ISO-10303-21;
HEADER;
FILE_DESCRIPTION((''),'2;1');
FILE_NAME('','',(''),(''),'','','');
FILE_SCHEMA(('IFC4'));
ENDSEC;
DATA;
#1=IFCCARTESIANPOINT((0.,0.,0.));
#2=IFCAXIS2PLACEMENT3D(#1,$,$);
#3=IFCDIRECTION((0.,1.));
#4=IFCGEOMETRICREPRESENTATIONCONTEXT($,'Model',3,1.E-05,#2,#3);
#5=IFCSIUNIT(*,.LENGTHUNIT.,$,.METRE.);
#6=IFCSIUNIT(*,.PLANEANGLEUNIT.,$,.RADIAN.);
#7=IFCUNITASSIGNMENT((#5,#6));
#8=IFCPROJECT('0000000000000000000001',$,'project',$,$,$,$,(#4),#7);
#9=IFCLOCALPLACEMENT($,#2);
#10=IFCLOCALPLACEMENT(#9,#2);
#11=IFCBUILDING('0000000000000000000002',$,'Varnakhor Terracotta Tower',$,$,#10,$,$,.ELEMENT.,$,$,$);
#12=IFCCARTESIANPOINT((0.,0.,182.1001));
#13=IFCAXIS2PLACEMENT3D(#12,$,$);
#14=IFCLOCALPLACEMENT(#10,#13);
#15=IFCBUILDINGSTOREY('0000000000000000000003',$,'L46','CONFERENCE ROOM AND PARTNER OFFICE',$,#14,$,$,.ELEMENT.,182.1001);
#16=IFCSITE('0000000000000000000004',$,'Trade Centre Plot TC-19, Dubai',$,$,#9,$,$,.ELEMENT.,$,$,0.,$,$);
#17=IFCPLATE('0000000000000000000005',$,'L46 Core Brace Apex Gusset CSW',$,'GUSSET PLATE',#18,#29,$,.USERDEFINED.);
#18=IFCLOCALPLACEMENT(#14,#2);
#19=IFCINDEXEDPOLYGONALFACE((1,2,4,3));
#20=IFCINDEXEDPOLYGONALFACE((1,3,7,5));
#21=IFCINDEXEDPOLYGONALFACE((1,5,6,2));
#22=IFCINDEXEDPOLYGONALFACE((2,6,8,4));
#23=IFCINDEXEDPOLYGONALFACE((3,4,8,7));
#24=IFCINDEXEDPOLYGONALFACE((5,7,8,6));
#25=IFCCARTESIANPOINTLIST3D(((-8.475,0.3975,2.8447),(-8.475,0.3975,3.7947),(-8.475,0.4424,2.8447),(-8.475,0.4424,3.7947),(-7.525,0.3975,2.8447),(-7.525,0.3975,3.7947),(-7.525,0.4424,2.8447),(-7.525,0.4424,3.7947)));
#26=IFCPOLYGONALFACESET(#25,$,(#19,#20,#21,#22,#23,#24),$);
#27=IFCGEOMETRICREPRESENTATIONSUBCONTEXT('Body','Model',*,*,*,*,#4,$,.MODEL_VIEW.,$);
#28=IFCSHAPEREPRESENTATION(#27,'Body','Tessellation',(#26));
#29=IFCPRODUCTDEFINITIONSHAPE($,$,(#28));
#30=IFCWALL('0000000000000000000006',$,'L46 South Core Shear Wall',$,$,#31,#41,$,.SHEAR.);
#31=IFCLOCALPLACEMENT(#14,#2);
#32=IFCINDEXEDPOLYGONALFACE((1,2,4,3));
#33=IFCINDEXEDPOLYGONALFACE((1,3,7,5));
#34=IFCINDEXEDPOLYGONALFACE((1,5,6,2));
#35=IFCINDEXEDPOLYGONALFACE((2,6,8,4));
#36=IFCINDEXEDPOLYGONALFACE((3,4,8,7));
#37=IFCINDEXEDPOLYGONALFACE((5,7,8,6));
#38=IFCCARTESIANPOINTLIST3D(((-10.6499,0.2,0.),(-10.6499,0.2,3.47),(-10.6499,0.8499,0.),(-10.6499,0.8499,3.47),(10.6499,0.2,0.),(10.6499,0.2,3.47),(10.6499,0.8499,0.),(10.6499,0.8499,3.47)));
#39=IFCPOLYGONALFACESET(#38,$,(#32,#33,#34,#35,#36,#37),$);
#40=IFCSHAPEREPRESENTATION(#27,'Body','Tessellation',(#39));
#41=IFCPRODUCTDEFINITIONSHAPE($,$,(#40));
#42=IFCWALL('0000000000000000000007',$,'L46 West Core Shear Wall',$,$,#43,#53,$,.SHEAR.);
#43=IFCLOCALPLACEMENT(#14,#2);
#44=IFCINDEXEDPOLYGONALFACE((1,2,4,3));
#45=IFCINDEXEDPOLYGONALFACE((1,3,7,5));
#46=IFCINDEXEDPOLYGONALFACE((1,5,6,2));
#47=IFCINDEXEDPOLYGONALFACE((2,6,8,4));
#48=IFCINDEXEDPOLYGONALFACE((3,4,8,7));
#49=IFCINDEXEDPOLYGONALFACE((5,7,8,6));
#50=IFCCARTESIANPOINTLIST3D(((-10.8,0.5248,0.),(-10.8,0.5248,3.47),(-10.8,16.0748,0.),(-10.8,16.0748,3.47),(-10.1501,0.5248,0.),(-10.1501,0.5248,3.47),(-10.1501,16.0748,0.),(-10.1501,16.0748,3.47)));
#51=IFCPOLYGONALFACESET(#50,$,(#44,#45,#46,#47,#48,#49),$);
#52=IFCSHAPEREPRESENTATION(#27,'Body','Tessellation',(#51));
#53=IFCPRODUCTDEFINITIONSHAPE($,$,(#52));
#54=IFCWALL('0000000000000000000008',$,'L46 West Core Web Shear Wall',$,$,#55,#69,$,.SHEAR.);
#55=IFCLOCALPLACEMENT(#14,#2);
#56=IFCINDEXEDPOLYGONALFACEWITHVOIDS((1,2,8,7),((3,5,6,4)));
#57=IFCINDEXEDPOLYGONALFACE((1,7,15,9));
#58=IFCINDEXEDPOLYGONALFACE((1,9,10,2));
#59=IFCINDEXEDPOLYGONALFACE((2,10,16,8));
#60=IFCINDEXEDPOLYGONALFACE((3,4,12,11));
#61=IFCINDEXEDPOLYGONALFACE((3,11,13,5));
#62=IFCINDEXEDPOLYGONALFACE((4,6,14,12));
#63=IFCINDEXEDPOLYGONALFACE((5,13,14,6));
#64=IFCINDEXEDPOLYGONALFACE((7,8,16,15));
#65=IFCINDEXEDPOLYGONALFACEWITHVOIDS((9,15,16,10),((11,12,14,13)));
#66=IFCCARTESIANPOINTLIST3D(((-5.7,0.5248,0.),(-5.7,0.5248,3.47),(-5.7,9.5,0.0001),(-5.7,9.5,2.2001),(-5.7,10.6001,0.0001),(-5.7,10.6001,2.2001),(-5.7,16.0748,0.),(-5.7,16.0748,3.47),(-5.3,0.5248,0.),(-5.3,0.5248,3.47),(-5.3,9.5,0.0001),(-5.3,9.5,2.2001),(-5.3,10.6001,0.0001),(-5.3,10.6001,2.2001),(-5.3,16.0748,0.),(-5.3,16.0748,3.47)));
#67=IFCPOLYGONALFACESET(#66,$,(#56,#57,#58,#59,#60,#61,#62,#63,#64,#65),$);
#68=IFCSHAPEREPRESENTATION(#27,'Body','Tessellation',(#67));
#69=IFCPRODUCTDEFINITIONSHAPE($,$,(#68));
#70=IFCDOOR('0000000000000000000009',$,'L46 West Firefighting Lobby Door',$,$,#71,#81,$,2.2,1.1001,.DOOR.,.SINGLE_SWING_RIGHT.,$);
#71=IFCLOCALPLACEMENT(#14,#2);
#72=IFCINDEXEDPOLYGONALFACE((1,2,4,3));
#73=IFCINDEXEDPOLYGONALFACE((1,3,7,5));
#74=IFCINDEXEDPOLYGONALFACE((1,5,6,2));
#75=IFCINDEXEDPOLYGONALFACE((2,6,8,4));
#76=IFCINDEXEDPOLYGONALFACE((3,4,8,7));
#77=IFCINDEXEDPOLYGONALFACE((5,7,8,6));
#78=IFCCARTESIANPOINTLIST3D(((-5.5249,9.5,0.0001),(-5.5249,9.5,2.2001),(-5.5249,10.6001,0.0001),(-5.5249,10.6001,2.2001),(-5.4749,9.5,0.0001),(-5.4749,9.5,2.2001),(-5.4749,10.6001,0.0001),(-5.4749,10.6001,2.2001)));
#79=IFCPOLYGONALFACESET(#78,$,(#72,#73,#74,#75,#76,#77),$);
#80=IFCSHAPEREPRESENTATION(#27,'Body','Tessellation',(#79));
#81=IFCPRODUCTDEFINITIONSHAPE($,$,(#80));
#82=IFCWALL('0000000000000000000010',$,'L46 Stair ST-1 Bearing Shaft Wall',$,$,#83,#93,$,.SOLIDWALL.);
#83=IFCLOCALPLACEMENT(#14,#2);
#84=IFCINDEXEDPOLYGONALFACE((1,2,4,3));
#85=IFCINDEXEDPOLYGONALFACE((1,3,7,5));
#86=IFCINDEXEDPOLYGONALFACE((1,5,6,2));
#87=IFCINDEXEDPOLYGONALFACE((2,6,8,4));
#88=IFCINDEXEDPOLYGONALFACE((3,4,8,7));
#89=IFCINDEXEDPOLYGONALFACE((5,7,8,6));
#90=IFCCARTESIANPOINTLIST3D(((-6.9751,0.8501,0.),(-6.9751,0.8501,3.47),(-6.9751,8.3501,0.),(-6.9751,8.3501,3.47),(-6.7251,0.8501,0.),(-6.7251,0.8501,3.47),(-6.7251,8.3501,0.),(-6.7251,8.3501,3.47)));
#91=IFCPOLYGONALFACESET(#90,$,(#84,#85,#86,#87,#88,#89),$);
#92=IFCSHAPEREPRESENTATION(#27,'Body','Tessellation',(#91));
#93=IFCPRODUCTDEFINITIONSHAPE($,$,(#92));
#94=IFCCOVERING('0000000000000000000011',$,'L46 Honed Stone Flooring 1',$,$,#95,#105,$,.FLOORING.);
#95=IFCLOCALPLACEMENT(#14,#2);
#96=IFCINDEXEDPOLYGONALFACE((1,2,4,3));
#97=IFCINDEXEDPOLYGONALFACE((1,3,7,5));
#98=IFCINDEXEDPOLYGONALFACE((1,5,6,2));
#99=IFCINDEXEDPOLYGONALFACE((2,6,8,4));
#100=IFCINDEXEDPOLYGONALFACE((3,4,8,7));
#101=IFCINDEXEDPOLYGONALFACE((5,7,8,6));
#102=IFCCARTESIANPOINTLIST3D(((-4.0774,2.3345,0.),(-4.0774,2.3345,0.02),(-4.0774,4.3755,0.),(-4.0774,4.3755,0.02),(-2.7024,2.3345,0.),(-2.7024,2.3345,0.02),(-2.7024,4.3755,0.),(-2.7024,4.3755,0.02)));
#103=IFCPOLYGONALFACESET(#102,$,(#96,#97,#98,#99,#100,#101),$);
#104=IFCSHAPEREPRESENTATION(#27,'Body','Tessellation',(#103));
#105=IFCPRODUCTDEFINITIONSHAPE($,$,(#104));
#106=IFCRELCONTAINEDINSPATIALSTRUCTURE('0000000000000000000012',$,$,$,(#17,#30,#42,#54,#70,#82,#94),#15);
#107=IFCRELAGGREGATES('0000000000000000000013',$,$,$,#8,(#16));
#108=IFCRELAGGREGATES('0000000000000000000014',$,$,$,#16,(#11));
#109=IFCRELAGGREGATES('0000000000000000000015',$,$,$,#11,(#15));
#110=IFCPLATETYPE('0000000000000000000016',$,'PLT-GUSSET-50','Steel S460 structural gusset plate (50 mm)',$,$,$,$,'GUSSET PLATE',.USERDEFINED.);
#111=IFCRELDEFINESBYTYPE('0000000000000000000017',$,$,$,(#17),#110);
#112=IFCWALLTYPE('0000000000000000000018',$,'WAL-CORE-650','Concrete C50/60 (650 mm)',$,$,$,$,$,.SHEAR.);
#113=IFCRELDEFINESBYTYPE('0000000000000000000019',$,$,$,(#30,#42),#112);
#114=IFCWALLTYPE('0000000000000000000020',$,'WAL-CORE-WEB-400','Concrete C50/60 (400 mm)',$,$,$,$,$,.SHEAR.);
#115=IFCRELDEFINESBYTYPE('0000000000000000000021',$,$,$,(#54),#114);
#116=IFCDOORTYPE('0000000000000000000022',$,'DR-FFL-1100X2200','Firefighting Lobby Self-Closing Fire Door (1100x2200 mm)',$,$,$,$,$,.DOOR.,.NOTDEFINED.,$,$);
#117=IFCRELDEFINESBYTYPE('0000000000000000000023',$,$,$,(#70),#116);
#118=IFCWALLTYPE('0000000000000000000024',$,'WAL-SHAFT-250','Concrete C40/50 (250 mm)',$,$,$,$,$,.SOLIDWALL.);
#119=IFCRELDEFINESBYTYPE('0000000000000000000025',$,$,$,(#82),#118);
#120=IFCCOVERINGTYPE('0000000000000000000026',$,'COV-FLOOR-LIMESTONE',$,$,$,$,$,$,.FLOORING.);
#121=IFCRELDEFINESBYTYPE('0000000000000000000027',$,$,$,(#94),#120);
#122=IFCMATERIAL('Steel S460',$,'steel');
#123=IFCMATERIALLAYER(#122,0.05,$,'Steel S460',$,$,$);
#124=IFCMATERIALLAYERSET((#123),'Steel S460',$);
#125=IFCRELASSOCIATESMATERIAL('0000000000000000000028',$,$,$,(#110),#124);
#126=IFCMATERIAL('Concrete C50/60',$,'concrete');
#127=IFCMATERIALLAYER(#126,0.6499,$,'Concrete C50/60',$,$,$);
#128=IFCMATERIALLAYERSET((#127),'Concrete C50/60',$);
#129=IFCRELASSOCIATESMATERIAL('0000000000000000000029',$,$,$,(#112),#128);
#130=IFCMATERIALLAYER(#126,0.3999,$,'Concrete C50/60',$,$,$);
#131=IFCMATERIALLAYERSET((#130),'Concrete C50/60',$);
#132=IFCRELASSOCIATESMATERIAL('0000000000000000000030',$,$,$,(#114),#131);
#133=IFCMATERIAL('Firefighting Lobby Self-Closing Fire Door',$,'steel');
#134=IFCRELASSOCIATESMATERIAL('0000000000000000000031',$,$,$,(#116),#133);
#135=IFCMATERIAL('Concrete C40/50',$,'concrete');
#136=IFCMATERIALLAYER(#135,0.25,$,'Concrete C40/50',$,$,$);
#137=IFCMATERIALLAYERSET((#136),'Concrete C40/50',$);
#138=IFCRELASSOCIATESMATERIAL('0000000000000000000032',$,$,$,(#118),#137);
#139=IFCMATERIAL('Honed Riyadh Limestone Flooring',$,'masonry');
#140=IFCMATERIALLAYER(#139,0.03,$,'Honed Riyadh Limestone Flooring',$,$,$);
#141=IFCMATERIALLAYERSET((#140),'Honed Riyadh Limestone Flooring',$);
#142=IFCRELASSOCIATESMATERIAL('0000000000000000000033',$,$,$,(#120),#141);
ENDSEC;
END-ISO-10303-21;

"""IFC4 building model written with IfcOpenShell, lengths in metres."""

from ifc_helpers import new_model, si_unit, direction, frame, frame_2d, origin, origin_2d, place, context, subcontext, project, spatial, rectangle, extrude, source, transform, mapped, material, layer, layer_set, type_object, type_shapes, element, fill, save


model = new_model("IFC4")

# Units and contexts
model_context = context("Model", 3, precision=1e-05, world=origin(), true_north=direction((0.0, 1.0)))
body_context = subcontext(model_context, "Body", "Model", "MODEL_VIEW")
ifc_project = project(units=[si_unit("LENGTHUNIT", "METRE"), si_unit("PLANEANGLEUNIT", "RADIAN")], contexts=[model_context])

# Site, building, storey
site_placement = place(None, origin())
site = spatial("IfcSite", under=ifc_project, at=site_placement, Name="Trade Centre Plot TC-19, Dubai", CompositionType="ELEMENT", RefElevation=0.0)
building_placement = place(site_placement, origin())
building = spatial("IfcBuilding", under=site, at=building_placement, Name="Varnakhor Terracotta Tower", CompositionType="ELEMENT")
storey_placement = place(building_placement, frame((0.0, 0.0, 182.1001)))
storey = spatial("IfcBuildingStorey", under=building, at=storey_placement, Name="L46", Description="CONFERENCE ROOM AND PARTNER OFFICE", CompositionType="ELEMENT", Elevation=182.1001)

# Shared definitions
ifc_material_1 = material(Name="Concrete C50/60", Category="concrete")

# Shared definitions
ifc_material_2 = material(Name="Steel S460", Category="steel")

# Plate
ifc_layer_1 = layer(ifc_material_2, 0.05, Name="Steel S460")
ifc_layer_set_1 = layer_set([ifc_layer_1], Name="Steel S460")
plate_type = type_object("IfcPlateType", Name="PLT-GUSSET-50", Description="Steel S460 structural gusset plate (50 mm)", ElementType="GUSSET PLATE", PredefinedType="USERDEFINED", material=ifc_layer_set_1)
shared_shape_1 = source(origin(), body_context, "Body", "SweptSolid", [
    extrude(rectangle(XDim=0.95, YDim=0.0449, at=origin_2d()), origin(), (0.0, 0.0, 1.0), 0.95),
])
plate_placement = place(storey_placement, frame((-8.0, 0.4199, 2.8447), z_axis=(0.0, 0.0, 1.0), x_axis=(1.0, 0.0, 0.0)))
element("IfcPlate", 1, at=plate_placement, inside=storey, type_object=plate_type, Name="L46 Core Brace Apex Gusset CSW", ObjectType="GUSSET PLATE", PredefinedType="USERDEFINED", context=body_context, shape_type="MappedRepresentation", body=[
    mapped(shared_shape_1, transform((0.0, 0.0, 0.0), scale=1.0)),
])

# Walls
ifc_layer_2 = layer(ifc_material_1, 0.6499, Name="Concrete C50/60")
ifc_layer_set_2 = layer_set([ifc_layer_2], Name="Concrete C50/60")
wall_type_1 = type_object("IfcWallType", Name="WAL-CORE-650", Description="Concrete C50/60 (650 mm)", PredefinedType="SHEAR", material=ifc_layer_set_2)
wall_1_placement = place(storey_placement, frame((-10.6499, 0.5249, 0.0), z_axis=(0.0, 0.0, 1.0), x_axis=(1.0, 0.0, 0.0)))
element("IfcWall", 2, at=wall_1_placement, inside=storey, type_object=wall_type_1, Name="L46 South Core Shear Wall", PredefinedType="SHEAR", context=body_context, shape_type="SweptSolid", body=[
    extrude(rectangle(XDim=21.2998, YDim=0.6499, at=frame_2d((10.6499, 0.0))), origin(), (0.0, 0.0, 1.0), 3.47),
])
wall_2_placement = place(storey_placement, frame((-10.4751, 0.5249, 0.0), z_axis=(0.0, 0.0, 1.0), x_axis=(0.0, 1.0, 0.0)))
element("IfcWall", 3, at=wall_2_placement, inside=storey, type_object=wall_type_1, Name="L46 West Core Shear Wall", PredefinedType="SHEAR", context=body_context, shape_type="SweptSolid", body=[
    extrude(rectangle(XDim=15.55, YDim=0.6499, at=frame_2d((7.7749, 0.0))), origin(), (0.0, 0.0, 1.0), 3.47),
])

# Wall, opening, door
ifc_layer_3 = layer(ifc_material_1, 0.3999, Name="Concrete C50/60")
ifc_layer_set_3 = layer_set([ifc_layer_3], Name="Concrete C50/60")
wall_type_2 = type_object("IfcWallType", Name="WAL-CORE-WEB-400", Description="Concrete C50/60 (400 mm)", PredefinedType="SHEAR", material=ifc_layer_set_3)
wall_3_placement = place(storey_placement, frame((-5.5, 0.5249, 0.0), z_axis=(0.0, 0.0, 1.0), x_axis=(0.0, 1.0, 0.0)))
wall_3 = element("IfcWall", 4, at=wall_3_placement, inside=storey, type_object=wall_type_2, Name="L46 West Core Web Shear Wall", PredefinedType="SHEAR", context=body_context, shape_type="SweptSolid", body=[
    extrude(rectangle(XDim=15.55, YDim=0.3999, at=frame_2d((7.7749, 0.0))), origin(), (0.0, 0.0, 1.0), 3.47),
])
opening_placement = place(wall_3_placement, frame((8.9751, 0.0, 0.0)))
opening = element("IfcOpeningElement", 5, at=opening_placement, cuts=wall_3, PredefinedType="OPENING", context=body_context, shape_type="SweptSolid", body=[
    extrude(rectangle(XDim=1.1001, YDim=2.2, at=frame_2d((0.55, 1.1001))), frame((0.0, 0.21, 0.0), z_axis=(0.0, -1.0, 0.0), x_axis=(1.0, 0.0, 0.0)), (0.0, 0.0, 1.0), 0.4199),
])
ifc_material_3 = material(Name="Firefighting Lobby Self-Closing Fire Door", Category="steel")
door_type = type_object("IfcDoorType", Name="DR-FFL-1100X2200", Description="Firefighting Lobby Self-Closing Fire Door (1100x2200 mm)", OperationType="NOTDEFINED", PredefinedType="DOOR", material=ifc_material_3)
shared_shape_2 = source(origin(), body_context, "Body", "SweptSolid", [
    extrude(rectangle(XDim=1.1001, YDim=2.2, at=frame_2d((0.55, 1.1001))), frame((0.0, 0.0249, 0.0), z_axis=(0.0, -1.0, 0.0), x_axis=(1.0, 0.0, 0.0)), (0.0, 0.0, 1.0), 0.05),
])
type_shapes(door_type, [shared_shape_2])
door_placement = place(opening_placement, origin())
door = element("IfcDoor", 6, at=door_placement, inside=storey, type_object=door_type, Name="L46 West Firefighting Lobby Door", OperationType="SINGLE_SWING_RIGHT", OverallHeight=2.2, OverallWidth=1.1001, PredefinedType="DOOR", context=body_context, shape_type="MappedRepresentation", body=[
    mapped(shared_shape_2, transform((0.0, 0.0, 0.0), scale=1.0)),
])
fill(opening, door)

# Wall
ifc_material_4 = material(Name="Concrete C40/50", Category="concrete")
ifc_layer_4 = layer(ifc_material_4, 0.25, Name="Concrete C40/50")
ifc_layer_set_4 = layer_set([ifc_layer_4], Name="Concrete C40/50")
wall_type_3 = type_object("IfcWallType", Name="WAL-SHAFT-250", Description="Concrete C40/50 (250 mm)", PredefinedType="SOLIDWALL", material=ifc_layer_set_4)
wall_4_placement = place(storey_placement, frame((-6.8501, 0.8501, 0.0), z_axis=(0.0, 0.0, 1.0), x_axis=(0.0, 1.0, 0.0)))
element("IfcWall", 7, at=wall_4_placement, inside=storey, type_object=wall_type_3, Name="L46 Stair ST-1 Bearing Shaft Wall", PredefinedType="SOLIDWALL", context=body_context, shape_type="SweptSolid", body=[
    extrude(rectangle(XDim=7.5, YDim=0.25, at=frame_2d((3.75, 0.0))), origin(), (0.0, 0.0, 1.0), 3.47),
])

# Covering
ifc_material_5 = material(Name="Honed Riyadh Limestone Flooring", Category="masonry")
ifc_layer_5 = layer(ifc_material_5, 0.03, Name="Honed Riyadh Limestone Flooring")
ifc_layer_set_5 = layer_set([ifc_layer_5], Name="Honed Riyadh Limestone Flooring")
covering_type = type_object("IfcCoveringType", Name="COV-FLOOR-LIMESTONE", PredefinedType="FLOORING", material=ifc_layer_set_5)
shared_shape_3 = source(origin(), body_context, "Body", "SweptSolid", [
    extrude(rectangle(XDim=1.375, YDim=2.041, at=origin_2d()), origin(), (0.0, 0.0, 1.0), 0.02),
])
covering_placement = place(storey_placement, frame((-3.3899, 3.355, 0.0), z_axis=(0.0, 0.0, 1.0), x_axis=(1.0, 0.0, 0.0)))
element("IfcCovering", 8, at=covering_placement, inside=storey, type_object=covering_type, Name="L46 Honed Stone Flooring 1", PredefinedType="FLOORING", context=body_context, shape_type="MappedRepresentation", body=[
    mapped(shared_shape_3, transform((0.0, 0.0, 0.0), scale=1.0)),
])

save(model, "model.ifc")
